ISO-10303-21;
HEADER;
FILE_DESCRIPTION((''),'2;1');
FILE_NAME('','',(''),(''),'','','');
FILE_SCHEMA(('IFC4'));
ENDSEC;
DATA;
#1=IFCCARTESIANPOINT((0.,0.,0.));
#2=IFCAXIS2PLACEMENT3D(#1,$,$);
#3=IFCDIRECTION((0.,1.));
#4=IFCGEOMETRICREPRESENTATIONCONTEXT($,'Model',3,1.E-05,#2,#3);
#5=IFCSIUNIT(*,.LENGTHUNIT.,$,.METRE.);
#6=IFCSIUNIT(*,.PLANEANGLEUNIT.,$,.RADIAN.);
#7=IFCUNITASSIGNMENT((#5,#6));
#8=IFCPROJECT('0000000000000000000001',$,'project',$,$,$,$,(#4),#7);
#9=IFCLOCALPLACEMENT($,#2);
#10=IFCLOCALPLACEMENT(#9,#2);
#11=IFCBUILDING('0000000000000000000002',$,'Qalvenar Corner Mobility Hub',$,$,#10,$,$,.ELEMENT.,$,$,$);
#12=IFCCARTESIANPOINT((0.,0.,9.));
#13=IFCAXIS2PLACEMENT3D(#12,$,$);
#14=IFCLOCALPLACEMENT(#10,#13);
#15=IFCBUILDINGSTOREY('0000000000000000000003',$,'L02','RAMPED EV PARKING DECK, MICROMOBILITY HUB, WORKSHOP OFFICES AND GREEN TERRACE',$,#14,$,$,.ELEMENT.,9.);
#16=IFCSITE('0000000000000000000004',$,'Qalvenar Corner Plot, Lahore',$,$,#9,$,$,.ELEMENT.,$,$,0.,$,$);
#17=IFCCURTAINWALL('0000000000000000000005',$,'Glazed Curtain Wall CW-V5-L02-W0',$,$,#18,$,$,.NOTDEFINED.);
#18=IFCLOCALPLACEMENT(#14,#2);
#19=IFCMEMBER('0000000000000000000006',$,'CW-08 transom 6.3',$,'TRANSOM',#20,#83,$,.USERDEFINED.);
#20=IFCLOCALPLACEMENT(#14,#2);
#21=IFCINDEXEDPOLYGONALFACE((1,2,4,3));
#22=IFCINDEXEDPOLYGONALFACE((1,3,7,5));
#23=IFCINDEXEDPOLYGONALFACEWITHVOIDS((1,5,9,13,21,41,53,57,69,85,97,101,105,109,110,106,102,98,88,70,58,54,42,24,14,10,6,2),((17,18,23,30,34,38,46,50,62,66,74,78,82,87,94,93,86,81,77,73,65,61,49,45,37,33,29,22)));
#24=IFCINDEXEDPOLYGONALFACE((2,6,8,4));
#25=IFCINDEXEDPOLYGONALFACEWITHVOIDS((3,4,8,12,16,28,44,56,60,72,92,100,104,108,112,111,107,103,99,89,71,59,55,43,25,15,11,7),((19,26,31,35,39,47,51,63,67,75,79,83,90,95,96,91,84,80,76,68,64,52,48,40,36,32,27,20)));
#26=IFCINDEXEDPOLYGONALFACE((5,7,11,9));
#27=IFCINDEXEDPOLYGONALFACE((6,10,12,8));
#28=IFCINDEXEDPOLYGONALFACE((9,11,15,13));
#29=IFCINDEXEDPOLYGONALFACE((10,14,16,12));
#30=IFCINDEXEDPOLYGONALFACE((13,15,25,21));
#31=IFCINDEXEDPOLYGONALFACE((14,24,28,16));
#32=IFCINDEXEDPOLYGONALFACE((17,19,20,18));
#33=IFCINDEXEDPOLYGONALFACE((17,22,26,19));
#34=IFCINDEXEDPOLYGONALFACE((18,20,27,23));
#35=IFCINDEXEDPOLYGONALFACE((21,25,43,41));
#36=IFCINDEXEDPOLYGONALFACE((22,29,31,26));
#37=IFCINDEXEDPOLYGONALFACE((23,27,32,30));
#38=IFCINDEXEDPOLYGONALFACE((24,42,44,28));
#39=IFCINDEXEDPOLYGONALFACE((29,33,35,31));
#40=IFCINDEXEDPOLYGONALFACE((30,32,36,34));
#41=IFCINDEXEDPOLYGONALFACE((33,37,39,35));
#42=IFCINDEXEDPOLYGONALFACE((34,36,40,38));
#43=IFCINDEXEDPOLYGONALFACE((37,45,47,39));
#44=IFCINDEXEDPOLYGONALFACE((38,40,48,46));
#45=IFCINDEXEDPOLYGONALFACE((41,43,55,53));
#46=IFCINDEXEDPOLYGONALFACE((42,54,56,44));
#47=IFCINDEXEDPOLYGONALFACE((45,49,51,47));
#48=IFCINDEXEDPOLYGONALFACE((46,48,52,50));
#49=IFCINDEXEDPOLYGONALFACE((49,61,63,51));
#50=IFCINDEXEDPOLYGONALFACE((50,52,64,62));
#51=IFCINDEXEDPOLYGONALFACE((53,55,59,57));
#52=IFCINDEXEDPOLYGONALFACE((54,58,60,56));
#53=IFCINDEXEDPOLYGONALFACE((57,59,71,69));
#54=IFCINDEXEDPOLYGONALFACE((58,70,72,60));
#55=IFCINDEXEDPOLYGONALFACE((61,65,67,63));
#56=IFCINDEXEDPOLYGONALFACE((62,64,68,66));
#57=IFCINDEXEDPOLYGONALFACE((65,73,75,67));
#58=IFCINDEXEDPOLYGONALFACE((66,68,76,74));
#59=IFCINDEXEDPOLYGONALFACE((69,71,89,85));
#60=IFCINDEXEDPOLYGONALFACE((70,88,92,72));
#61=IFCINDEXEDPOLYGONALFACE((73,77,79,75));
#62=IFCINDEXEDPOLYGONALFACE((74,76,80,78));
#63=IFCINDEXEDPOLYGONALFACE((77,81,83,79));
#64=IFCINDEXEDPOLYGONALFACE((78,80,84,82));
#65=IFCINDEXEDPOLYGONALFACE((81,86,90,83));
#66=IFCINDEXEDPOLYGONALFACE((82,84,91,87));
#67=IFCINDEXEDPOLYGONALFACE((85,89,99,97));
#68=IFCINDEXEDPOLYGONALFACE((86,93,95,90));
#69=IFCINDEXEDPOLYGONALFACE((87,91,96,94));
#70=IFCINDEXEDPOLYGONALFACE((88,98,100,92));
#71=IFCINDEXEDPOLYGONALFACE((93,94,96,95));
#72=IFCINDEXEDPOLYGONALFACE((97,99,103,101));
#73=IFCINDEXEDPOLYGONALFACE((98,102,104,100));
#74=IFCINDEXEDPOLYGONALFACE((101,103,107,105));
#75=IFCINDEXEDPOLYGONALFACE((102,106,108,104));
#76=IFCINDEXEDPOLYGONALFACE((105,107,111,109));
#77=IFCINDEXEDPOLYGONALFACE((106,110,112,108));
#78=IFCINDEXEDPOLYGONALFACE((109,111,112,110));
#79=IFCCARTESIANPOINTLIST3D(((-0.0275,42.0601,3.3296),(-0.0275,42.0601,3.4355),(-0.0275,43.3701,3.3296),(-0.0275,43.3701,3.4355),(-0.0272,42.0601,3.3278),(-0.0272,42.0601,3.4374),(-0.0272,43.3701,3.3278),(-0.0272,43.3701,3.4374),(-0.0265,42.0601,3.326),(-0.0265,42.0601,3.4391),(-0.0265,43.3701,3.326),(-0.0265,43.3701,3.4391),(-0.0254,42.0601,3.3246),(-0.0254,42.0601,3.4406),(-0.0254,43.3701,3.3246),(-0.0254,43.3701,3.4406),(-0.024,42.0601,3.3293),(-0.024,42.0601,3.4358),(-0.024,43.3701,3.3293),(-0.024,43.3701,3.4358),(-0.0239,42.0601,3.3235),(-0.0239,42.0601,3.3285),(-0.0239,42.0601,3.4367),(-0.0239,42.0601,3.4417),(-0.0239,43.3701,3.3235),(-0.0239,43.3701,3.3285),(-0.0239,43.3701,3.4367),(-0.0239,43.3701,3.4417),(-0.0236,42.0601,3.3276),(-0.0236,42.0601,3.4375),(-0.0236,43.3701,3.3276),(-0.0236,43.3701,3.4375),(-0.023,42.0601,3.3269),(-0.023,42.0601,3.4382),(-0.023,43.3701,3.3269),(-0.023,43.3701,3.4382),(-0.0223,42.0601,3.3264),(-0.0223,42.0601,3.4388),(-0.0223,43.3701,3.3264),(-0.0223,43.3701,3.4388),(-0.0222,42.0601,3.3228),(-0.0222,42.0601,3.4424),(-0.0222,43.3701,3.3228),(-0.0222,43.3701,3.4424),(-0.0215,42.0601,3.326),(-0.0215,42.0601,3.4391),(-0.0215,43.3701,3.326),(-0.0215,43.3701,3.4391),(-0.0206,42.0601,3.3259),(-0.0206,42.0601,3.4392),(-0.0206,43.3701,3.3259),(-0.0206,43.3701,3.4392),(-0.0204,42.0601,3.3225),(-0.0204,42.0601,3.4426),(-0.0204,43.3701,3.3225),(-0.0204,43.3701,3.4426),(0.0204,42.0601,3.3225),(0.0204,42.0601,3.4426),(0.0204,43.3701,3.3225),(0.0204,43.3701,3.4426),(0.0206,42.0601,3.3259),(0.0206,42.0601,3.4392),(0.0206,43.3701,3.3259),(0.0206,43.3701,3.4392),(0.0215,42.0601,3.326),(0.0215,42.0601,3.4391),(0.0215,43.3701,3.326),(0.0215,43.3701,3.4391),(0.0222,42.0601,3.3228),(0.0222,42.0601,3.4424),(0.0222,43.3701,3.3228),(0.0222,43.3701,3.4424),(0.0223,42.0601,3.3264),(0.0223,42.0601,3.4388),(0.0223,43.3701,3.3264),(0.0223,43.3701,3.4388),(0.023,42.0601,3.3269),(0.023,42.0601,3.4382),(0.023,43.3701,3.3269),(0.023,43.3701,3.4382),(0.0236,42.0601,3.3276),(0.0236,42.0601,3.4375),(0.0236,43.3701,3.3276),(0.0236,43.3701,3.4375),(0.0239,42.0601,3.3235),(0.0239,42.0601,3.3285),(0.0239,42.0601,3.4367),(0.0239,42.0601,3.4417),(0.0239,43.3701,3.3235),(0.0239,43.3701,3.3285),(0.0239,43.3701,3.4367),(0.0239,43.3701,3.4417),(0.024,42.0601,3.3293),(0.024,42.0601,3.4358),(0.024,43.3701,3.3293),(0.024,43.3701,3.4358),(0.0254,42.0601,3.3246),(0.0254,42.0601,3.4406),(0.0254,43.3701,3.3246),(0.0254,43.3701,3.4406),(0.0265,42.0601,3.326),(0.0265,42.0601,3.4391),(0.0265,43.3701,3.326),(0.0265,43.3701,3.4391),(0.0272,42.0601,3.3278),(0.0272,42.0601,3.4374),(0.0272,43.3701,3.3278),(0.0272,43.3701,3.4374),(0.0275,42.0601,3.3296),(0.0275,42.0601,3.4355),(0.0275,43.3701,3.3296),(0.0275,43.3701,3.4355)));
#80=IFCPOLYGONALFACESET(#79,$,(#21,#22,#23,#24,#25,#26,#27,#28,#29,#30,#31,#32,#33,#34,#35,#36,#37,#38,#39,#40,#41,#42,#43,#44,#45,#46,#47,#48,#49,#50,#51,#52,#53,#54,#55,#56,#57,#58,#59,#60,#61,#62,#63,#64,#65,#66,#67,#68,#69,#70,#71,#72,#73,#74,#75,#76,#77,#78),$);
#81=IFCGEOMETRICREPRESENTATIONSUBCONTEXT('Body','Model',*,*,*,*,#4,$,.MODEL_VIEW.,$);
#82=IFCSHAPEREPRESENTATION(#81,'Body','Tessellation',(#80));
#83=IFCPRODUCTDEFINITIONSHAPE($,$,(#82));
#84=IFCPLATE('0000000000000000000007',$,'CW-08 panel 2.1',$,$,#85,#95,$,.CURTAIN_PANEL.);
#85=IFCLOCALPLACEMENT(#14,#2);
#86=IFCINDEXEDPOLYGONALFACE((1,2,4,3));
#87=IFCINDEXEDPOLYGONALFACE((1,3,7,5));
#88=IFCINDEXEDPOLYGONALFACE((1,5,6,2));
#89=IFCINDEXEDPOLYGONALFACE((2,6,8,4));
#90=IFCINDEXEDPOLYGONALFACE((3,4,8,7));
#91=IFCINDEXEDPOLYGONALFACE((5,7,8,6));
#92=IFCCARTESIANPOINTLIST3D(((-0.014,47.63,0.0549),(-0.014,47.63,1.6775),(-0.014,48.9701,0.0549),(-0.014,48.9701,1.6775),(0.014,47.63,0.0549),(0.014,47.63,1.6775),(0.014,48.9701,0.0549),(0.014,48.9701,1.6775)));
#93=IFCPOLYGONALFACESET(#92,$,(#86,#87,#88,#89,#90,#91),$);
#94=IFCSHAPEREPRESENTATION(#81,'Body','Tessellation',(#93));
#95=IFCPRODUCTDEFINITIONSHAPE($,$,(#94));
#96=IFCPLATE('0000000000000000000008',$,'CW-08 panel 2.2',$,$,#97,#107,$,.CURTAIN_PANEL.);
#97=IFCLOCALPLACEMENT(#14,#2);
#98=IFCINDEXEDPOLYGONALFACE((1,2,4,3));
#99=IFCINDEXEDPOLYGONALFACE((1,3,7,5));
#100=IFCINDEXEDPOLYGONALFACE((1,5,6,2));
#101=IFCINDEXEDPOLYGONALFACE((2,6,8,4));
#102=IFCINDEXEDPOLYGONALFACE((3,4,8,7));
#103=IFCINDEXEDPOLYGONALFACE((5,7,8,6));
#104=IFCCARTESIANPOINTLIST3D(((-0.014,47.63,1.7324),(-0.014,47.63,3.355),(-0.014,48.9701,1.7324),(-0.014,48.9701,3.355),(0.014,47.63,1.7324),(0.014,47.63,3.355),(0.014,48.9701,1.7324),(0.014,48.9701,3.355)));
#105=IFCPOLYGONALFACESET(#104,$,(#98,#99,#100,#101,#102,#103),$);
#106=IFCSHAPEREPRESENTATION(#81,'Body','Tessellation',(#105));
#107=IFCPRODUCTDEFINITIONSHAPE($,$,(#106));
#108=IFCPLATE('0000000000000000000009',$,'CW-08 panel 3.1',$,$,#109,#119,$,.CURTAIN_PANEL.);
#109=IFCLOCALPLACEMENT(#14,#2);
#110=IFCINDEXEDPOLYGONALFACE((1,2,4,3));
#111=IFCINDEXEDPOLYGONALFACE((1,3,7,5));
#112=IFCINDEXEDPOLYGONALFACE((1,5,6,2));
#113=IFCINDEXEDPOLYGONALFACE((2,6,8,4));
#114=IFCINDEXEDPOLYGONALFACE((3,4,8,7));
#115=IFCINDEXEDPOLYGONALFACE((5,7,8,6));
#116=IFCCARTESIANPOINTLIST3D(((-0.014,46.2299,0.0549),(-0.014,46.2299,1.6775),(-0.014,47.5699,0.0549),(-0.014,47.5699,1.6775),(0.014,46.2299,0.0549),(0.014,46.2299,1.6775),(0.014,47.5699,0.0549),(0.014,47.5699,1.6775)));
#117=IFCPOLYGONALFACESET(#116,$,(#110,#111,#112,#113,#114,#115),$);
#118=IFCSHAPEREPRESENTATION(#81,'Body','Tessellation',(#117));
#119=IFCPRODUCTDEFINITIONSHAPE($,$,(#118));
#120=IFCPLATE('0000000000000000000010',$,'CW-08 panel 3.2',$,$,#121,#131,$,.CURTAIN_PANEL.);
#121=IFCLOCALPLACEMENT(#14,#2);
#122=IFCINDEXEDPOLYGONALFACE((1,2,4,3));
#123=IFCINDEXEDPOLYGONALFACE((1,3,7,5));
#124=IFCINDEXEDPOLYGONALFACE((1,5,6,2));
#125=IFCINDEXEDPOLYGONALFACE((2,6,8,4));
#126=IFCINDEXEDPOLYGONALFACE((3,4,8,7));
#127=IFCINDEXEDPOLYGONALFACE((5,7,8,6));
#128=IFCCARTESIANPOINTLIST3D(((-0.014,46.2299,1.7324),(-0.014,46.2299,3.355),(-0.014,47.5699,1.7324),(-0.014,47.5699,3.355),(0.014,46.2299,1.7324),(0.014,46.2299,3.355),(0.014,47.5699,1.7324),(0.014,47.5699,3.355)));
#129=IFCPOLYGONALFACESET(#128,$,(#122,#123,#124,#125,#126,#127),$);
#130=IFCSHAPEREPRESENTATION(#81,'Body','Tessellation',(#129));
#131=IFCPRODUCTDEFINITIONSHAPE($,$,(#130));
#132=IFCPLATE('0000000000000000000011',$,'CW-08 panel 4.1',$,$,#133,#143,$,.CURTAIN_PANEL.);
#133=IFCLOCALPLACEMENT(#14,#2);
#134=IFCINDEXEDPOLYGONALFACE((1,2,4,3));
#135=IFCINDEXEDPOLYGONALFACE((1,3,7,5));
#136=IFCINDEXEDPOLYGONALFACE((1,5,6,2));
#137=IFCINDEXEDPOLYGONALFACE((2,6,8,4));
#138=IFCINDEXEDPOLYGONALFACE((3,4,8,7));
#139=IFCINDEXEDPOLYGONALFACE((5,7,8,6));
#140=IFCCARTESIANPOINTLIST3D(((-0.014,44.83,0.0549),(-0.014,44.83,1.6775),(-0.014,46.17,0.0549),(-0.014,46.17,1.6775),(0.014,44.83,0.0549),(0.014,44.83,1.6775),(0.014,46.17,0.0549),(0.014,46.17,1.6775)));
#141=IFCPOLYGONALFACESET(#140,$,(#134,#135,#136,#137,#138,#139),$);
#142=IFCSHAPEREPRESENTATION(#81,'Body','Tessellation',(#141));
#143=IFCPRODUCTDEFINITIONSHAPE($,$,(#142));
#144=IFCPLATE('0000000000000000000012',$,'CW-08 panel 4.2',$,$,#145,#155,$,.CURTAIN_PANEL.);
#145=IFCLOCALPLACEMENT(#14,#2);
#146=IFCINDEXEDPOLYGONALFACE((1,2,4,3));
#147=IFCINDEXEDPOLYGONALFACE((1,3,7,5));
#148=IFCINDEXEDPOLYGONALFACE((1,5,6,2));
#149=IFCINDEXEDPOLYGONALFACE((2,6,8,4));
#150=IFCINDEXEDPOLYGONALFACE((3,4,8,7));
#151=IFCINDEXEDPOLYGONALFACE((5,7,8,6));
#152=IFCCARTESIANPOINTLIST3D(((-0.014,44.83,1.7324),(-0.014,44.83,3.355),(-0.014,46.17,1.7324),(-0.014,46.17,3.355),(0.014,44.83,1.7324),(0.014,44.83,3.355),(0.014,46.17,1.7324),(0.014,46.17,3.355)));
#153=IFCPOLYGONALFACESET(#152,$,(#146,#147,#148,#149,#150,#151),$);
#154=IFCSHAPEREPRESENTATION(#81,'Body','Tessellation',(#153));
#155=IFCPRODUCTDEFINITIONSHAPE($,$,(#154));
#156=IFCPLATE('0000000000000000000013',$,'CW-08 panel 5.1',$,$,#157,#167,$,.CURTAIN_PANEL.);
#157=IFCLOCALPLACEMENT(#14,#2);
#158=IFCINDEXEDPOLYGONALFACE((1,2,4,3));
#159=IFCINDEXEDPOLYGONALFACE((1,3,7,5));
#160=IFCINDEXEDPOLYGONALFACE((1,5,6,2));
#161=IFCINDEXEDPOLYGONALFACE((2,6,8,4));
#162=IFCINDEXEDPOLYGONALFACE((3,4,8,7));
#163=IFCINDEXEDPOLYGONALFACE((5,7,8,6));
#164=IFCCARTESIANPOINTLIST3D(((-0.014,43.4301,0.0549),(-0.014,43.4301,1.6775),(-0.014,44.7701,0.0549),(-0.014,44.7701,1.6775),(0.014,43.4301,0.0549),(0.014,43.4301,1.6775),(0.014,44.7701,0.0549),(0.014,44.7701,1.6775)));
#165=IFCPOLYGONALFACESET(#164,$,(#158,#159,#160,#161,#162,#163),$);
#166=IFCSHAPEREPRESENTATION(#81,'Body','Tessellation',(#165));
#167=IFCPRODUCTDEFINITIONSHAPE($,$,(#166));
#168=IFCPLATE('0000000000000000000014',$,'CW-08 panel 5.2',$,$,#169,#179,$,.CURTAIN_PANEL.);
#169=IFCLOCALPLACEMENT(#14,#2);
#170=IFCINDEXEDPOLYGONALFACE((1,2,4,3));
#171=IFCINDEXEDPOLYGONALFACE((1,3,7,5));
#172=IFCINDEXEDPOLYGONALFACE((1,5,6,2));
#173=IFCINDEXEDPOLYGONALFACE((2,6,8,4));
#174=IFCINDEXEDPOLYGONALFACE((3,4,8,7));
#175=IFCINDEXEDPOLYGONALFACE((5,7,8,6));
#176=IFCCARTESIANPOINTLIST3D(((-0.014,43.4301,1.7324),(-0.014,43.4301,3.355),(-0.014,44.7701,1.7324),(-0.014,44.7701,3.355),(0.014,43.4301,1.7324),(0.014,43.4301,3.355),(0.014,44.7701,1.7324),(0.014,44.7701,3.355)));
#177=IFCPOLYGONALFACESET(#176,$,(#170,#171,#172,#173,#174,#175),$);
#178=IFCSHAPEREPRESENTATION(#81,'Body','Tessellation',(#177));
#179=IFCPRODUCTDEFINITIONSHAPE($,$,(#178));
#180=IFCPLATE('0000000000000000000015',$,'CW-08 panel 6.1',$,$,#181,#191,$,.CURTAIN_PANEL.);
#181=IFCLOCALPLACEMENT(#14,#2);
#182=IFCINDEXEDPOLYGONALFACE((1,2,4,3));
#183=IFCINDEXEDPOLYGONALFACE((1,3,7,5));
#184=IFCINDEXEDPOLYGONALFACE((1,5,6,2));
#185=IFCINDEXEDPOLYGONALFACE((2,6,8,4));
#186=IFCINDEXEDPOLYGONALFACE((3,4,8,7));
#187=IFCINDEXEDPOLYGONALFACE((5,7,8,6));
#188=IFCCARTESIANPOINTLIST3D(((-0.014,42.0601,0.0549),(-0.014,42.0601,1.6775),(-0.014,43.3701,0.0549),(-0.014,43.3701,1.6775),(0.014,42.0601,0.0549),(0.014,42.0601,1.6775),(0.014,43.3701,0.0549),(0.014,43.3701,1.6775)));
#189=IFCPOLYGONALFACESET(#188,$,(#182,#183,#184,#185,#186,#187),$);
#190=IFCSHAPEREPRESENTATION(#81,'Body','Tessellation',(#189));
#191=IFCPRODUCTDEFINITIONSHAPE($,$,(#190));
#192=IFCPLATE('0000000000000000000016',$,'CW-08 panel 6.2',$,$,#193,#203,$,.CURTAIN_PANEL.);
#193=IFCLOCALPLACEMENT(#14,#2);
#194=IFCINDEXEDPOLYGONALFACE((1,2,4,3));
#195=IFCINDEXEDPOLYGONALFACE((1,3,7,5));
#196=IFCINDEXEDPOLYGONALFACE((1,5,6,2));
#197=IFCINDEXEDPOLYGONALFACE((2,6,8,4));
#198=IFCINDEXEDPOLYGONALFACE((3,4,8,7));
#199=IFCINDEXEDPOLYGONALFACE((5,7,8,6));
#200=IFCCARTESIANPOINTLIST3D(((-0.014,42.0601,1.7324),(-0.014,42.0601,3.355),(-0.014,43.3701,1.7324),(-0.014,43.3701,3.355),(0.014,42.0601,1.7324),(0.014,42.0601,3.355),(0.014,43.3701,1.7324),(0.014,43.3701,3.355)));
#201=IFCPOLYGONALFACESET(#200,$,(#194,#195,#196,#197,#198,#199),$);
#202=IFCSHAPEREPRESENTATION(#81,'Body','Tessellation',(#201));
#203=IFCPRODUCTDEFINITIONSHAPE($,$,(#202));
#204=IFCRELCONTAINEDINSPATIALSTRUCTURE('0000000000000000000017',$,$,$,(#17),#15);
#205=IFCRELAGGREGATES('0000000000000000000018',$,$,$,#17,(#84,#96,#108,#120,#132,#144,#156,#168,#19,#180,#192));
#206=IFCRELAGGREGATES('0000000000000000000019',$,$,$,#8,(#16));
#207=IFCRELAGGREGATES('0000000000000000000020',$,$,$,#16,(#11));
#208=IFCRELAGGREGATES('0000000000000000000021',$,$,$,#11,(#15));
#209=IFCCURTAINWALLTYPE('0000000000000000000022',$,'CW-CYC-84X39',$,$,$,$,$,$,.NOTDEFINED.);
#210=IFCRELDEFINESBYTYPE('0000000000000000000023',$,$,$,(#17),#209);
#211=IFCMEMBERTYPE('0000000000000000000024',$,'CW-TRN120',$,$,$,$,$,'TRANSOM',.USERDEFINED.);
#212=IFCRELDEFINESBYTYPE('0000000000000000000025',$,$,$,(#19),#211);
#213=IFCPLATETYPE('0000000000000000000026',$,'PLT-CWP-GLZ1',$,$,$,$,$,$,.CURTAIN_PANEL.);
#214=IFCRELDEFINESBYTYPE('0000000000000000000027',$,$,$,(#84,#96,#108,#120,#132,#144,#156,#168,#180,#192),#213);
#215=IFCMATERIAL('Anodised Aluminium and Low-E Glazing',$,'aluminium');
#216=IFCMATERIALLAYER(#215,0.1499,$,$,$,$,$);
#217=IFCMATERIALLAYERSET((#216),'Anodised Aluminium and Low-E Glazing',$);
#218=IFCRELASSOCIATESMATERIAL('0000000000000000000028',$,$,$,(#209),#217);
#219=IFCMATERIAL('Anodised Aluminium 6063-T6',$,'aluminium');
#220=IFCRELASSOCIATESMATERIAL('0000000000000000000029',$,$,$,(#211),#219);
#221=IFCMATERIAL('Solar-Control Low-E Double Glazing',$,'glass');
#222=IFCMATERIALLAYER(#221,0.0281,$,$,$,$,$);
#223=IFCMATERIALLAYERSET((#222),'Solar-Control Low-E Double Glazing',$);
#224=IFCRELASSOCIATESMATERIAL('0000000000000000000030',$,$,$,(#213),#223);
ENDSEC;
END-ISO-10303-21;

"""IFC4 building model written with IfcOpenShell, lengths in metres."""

from ifc_helpers import new_model, si_unit, direction, frame, origin, origin_2d, place, context, subcontext, project, spatial, rectangle, hollow_rectangle, extrude, material, layer, layer_set, material_profile, profile_set, type_object, element, aggregate, save


model = new_model("IFC4")

# Units and contexts
model_context = context("Model", 3, precision=1e-05, world=origin(), true_north=direction((0.0, 1.0)))
body_context = subcontext(model_context, "Body", "Model", "MODEL_VIEW")
ifc_project = project(units=[si_unit("LENGTHUNIT", "METRE"), si_unit("PLANEANGLEUNIT", "RADIAN")], contexts=[model_context])

# Site, building, storey
site_placement = place(None, origin())
site = spatial("IfcSite", under=ifc_project, at=site_placement, Name="Qalvenar Corner Plot, Lahore", CompositionType="ELEMENT", RefElevation=0.0)
building_placement = place(site_placement, origin())
building = spatial("IfcBuilding", under=site, at=building_placement, Name="Qalvenar Corner Mobility Hub", CompositionType="ELEMENT")
storey_placement = place(building_placement, frame((0.0, 0.0, 9.0)))
storey = spatial("IfcBuildingStorey", under=building, at=storey_placement, Name="L02", Description="RAMPED EV PARKING DECK, MICROMOBILITY HUB, WORKSHOP OFFICES AND GREEN TERRACE", CompositionType="ELEMENT", Elevation=9.0)

# Curtain wall, member, plates
ifc_material_1 = material(Name="Anodised Aluminium and Low-E Glazing", Category="aluminium")
ifc_layer_1 = layer(ifc_material_1, 0.1499)
ifc_layer_set_1 = layer_set([ifc_layer_1], Name="Anodised Aluminium and Low-E Glazing")
curtain_wall_type = type_object("IfcCurtainWallType", Name="CW-CYC-84X39", PredefinedType="NOTDEFINED", material=ifc_layer_set_1)
curtain_wall_placement = place(storey_placement, origin())
curtain_wall = element("IfcCurtainWall", 1, at=curtain_wall_placement, inside=storey, type_object=curtain_wall_type, Name="Glazed Curtain Wall CW-V5-L02-W0", PredefinedType="NOTDEFINED")
ifc_material_2 = material(Name="Anodised Aluminium 6063-T6", Category="aluminium")
ifc_material_profile_1 = material_profile(ifc_material_2, hollow_rectangle(XDim=0.0549, YDim=0.1201, WallThickness=0.0034, InnerFilletRadius=0.0034, OuterFilletRadius=0.0071, at=origin_2d()), Name="RHS120x55x3.5")
ifc_profile_set_1 = profile_set([ifc_material_profile_1], Name="Anodised Aluminium 6063-T6")
member_type_1 = type_object("IfcMemberType", Name="CW-TRN120", ElementType="TRANSOM", PredefinedType="USERDEFINED", material=ifc_profile_set_1)
member_1_placement = place(storey_placement, frame((0.0, 43.3701, 3.3826), z_axis=(0.0, -1.0, 0.0), x_axis=(1.0, 0.0, 0.0)))
member_1 = element("IfcMember", 2, at=member_1_placement, type_object=member_type_1, Name="CW-08 transom 6.3", ObjectType="TRANSOM", PredefinedType="USERDEFINED", context=body_context, shape_type="SweptSolid", body=[
    extrude(hollow_rectangle(XDim=0.0549, YDim=0.1201, WallThickness=0.0034, InnerFilletRadius=0.0034, OuterFilletRadius=0.0071, at=origin_2d()), origin(), (0.0, 0.0, 1.0), 1.3101),
])
ifc_material_3 = material(Name="Solar-Control Low-E Double Glazing", Category="glass")
ifc_layer_2 = layer(ifc_material_3, 0.0281)
ifc_layer_set_2 = layer_set([ifc_layer_2], Name="Solar-Control Low-E Double Glazing")
plate_type = type_object("IfcPlateType", Name="PLT-CWP-GLZ1", PredefinedType="CURTAIN_PANEL", material=ifc_layer_set_2)
plate_1_placement = place(storey_placement, frame((0.0, 48.3, 0.0549), z_axis=(0.0, 0.0, 1.0), x_axis=(0.0, -1.0, 0.0)))
plate_1 = element("IfcPlate", 3, at=plate_1_placement, type_object=plate_type, Name="CW-08 panel 2.1", PredefinedType="CURTAIN_PANEL", context=body_context, shape_type="SweptSolid", body=[
    extrude(rectangle(XDim=1.3401, YDim=0.0281, at=origin_2d()), origin(), (0.0, 0.0, 1.0), 1.6226),
])
plate_2_placement = place(storey_placement, frame((0.0, 48.3, 1.7324), z_axis=(0.0, 0.0, 1.0), x_axis=(0.0, -1.0, 0.0)))
plate_2 = element("IfcPlate", 4, at=plate_2_placement, type_object=plate_type, Name="CW-08 panel 2.2", PredefinedType="CURTAIN_PANEL", context=body_context, shape_type="SweptSolid", body=[
    extrude(rectangle(XDim=1.3401, YDim=0.0281, at=origin_2d()), origin(), (0.0, 0.0, 1.0), 1.6226),
])
plate_3_placement = place(storey_placement, frame((0.0, 46.8999, 0.0549), z_axis=(0.0, 0.0, 1.0), x_axis=(0.0, -1.0, 0.0)))
plate_3 = element("IfcPlate", 5, at=plate_3_placement, type_object=plate_type, Name="CW-08 panel 3.1", PredefinedType="CURTAIN_PANEL", context=body_context, shape_type="SweptSolid", body=[
    extrude(rectangle(XDim=1.3401, YDim=0.0281, at=origin_2d()), origin(), (0.0, 0.0, 1.0), 1.6226),
])
plate_4_placement = place(storey_placement, frame((0.0, 46.8999, 1.7324), z_axis=(0.0, 0.0, 1.0), x_axis=(0.0, -1.0, 0.0)))
plate_4 = element("IfcPlate", 6, at=plate_4_placement, type_object=plate_type, Name="CW-08 panel 3.2", PredefinedType="CURTAIN_PANEL", context=body_context, shape_type="SweptSolid", body=[
    extrude(rectangle(XDim=1.3401, YDim=0.0281, at=origin_2d()), origin(), (0.0, 0.0, 1.0), 1.6226),
])
plate_5_placement = place(storey_placement, frame((0.0, 45.5, 0.0549), z_axis=(0.0, 0.0, 1.0), x_axis=(0.0, -1.0, 0.0)))
plate_5 = element("IfcPlate", 7, at=plate_5_placement, type_object=plate_type, Name="CW-08 panel 4.1", PredefinedType="CURTAIN_PANEL", context=body_context, shape_type="SweptSolid", body=[
    extrude(rectangle(XDim=1.3401, YDim=0.0281, at=origin_2d()), origin(), (0.0, 0.0, 1.0), 1.6226),
])
plate_6_placement = place(storey_placement, frame((0.0, 45.5, 1.7324), z_axis=(0.0, 0.0, 1.0), x_axis=(0.0, -1.0, 0.0)))
plate_6 = element("IfcPlate", 8, at=plate_6_placement, type_object=plate_type, Name="CW-08 panel 4.2", PredefinedType="CURTAIN_PANEL", context=body_context, shape_type="SweptSolid", body=[
    extrude(rectangle(XDim=1.3401, YDim=0.0281, at=origin_2d()), origin(), (0.0, 0.0, 1.0), 1.6226),
])
plate_7_placement = place(storey_placement, frame((0.0, 44.1001, 0.0549), z_axis=(0.0, 0.0, 1.0), x_axis=(0.0, -1.0, 0.0)))
plate_7 = element("IfcPlate", 9, at=plate_7_placement, type_object=plate_type, Name="CW-08 panel 5.1", PredefinedType="CURTAIN_PANEL", context=body_context, shape_type="SweptSolid", body=[
    extrude(rectangle(XDim=1.3401, YDim=0.0281, at=origin_2d()), origin(), (0.0, 0.0, 1.0), 1.6226),
])
plate_8_placement = place(storey_placement, frame((0.0, 44.1001, 1.7324), z_axis=(0.0, 0.0, 1.0), x_axis=(0.0, -1.0, 0.0)))
plate_8 = element("IfcPlate", 10, at=plate_8_placement, type_object=plate_type, Name="CW-08 panel 5.2", PredefinedType="CURTAIN_PANEL", context=body_context, shape_type="SweptSolid", body=[
    extrude(rectangle(XDim=1.3401, YDim=0.0281, at=origin_2d()), origin(), (0.0, 0.0, 1.0), 1.6226),
])
plate_9_placement = place(storey_placement, frame((0.0, 42.7151, 0.0549), z_axis=(0.0, 0.0, 1.0), x_axis=(0.0, -1.0, 0.0)))
plate_9 = element("IfcPlate", 11, at=plate_9_placement, type_object=plate_type, Name="CW-08 panel 6.1", PredefinedType="CURTAIN_PANEL", context=body_context, shape_type="SweptSolid", body=[
    extrude(rectangle(XDim=1.3101, YDim=0.0281, at=origin_2d()), origin(), (0.0, 0.0, 1.0), 1.6226),
])
plate_10_placement = place(storey_placement, frame((0.0, 42.7151, 1.7324), z_axis=(0.0, 0.0, 1.0), x_axis=(0.0, -1.0, 0.0)))
plate_10 = element("IfcPlate", 12, at=plate_10_placement, type_object=plate_type, Name="CW-08 panel 6.2", PredefinedType="CURTAIN_PANEL", context=body_context, shape_type="SweptSolid", body=[
    extrude(rectangle(XDim=1.3101, YDim=0.0281, at=origin_2d()), origin(), (0.0, 0.0, 1.0), 1.6226),
])
aggregate(curtain_wall, [plate_1, plate_2, plate_3, plate_4, plate_5, plate_6, plate_7, plate_8, member_1, plate_9, plate_10])

save(model, "model.ifc")
